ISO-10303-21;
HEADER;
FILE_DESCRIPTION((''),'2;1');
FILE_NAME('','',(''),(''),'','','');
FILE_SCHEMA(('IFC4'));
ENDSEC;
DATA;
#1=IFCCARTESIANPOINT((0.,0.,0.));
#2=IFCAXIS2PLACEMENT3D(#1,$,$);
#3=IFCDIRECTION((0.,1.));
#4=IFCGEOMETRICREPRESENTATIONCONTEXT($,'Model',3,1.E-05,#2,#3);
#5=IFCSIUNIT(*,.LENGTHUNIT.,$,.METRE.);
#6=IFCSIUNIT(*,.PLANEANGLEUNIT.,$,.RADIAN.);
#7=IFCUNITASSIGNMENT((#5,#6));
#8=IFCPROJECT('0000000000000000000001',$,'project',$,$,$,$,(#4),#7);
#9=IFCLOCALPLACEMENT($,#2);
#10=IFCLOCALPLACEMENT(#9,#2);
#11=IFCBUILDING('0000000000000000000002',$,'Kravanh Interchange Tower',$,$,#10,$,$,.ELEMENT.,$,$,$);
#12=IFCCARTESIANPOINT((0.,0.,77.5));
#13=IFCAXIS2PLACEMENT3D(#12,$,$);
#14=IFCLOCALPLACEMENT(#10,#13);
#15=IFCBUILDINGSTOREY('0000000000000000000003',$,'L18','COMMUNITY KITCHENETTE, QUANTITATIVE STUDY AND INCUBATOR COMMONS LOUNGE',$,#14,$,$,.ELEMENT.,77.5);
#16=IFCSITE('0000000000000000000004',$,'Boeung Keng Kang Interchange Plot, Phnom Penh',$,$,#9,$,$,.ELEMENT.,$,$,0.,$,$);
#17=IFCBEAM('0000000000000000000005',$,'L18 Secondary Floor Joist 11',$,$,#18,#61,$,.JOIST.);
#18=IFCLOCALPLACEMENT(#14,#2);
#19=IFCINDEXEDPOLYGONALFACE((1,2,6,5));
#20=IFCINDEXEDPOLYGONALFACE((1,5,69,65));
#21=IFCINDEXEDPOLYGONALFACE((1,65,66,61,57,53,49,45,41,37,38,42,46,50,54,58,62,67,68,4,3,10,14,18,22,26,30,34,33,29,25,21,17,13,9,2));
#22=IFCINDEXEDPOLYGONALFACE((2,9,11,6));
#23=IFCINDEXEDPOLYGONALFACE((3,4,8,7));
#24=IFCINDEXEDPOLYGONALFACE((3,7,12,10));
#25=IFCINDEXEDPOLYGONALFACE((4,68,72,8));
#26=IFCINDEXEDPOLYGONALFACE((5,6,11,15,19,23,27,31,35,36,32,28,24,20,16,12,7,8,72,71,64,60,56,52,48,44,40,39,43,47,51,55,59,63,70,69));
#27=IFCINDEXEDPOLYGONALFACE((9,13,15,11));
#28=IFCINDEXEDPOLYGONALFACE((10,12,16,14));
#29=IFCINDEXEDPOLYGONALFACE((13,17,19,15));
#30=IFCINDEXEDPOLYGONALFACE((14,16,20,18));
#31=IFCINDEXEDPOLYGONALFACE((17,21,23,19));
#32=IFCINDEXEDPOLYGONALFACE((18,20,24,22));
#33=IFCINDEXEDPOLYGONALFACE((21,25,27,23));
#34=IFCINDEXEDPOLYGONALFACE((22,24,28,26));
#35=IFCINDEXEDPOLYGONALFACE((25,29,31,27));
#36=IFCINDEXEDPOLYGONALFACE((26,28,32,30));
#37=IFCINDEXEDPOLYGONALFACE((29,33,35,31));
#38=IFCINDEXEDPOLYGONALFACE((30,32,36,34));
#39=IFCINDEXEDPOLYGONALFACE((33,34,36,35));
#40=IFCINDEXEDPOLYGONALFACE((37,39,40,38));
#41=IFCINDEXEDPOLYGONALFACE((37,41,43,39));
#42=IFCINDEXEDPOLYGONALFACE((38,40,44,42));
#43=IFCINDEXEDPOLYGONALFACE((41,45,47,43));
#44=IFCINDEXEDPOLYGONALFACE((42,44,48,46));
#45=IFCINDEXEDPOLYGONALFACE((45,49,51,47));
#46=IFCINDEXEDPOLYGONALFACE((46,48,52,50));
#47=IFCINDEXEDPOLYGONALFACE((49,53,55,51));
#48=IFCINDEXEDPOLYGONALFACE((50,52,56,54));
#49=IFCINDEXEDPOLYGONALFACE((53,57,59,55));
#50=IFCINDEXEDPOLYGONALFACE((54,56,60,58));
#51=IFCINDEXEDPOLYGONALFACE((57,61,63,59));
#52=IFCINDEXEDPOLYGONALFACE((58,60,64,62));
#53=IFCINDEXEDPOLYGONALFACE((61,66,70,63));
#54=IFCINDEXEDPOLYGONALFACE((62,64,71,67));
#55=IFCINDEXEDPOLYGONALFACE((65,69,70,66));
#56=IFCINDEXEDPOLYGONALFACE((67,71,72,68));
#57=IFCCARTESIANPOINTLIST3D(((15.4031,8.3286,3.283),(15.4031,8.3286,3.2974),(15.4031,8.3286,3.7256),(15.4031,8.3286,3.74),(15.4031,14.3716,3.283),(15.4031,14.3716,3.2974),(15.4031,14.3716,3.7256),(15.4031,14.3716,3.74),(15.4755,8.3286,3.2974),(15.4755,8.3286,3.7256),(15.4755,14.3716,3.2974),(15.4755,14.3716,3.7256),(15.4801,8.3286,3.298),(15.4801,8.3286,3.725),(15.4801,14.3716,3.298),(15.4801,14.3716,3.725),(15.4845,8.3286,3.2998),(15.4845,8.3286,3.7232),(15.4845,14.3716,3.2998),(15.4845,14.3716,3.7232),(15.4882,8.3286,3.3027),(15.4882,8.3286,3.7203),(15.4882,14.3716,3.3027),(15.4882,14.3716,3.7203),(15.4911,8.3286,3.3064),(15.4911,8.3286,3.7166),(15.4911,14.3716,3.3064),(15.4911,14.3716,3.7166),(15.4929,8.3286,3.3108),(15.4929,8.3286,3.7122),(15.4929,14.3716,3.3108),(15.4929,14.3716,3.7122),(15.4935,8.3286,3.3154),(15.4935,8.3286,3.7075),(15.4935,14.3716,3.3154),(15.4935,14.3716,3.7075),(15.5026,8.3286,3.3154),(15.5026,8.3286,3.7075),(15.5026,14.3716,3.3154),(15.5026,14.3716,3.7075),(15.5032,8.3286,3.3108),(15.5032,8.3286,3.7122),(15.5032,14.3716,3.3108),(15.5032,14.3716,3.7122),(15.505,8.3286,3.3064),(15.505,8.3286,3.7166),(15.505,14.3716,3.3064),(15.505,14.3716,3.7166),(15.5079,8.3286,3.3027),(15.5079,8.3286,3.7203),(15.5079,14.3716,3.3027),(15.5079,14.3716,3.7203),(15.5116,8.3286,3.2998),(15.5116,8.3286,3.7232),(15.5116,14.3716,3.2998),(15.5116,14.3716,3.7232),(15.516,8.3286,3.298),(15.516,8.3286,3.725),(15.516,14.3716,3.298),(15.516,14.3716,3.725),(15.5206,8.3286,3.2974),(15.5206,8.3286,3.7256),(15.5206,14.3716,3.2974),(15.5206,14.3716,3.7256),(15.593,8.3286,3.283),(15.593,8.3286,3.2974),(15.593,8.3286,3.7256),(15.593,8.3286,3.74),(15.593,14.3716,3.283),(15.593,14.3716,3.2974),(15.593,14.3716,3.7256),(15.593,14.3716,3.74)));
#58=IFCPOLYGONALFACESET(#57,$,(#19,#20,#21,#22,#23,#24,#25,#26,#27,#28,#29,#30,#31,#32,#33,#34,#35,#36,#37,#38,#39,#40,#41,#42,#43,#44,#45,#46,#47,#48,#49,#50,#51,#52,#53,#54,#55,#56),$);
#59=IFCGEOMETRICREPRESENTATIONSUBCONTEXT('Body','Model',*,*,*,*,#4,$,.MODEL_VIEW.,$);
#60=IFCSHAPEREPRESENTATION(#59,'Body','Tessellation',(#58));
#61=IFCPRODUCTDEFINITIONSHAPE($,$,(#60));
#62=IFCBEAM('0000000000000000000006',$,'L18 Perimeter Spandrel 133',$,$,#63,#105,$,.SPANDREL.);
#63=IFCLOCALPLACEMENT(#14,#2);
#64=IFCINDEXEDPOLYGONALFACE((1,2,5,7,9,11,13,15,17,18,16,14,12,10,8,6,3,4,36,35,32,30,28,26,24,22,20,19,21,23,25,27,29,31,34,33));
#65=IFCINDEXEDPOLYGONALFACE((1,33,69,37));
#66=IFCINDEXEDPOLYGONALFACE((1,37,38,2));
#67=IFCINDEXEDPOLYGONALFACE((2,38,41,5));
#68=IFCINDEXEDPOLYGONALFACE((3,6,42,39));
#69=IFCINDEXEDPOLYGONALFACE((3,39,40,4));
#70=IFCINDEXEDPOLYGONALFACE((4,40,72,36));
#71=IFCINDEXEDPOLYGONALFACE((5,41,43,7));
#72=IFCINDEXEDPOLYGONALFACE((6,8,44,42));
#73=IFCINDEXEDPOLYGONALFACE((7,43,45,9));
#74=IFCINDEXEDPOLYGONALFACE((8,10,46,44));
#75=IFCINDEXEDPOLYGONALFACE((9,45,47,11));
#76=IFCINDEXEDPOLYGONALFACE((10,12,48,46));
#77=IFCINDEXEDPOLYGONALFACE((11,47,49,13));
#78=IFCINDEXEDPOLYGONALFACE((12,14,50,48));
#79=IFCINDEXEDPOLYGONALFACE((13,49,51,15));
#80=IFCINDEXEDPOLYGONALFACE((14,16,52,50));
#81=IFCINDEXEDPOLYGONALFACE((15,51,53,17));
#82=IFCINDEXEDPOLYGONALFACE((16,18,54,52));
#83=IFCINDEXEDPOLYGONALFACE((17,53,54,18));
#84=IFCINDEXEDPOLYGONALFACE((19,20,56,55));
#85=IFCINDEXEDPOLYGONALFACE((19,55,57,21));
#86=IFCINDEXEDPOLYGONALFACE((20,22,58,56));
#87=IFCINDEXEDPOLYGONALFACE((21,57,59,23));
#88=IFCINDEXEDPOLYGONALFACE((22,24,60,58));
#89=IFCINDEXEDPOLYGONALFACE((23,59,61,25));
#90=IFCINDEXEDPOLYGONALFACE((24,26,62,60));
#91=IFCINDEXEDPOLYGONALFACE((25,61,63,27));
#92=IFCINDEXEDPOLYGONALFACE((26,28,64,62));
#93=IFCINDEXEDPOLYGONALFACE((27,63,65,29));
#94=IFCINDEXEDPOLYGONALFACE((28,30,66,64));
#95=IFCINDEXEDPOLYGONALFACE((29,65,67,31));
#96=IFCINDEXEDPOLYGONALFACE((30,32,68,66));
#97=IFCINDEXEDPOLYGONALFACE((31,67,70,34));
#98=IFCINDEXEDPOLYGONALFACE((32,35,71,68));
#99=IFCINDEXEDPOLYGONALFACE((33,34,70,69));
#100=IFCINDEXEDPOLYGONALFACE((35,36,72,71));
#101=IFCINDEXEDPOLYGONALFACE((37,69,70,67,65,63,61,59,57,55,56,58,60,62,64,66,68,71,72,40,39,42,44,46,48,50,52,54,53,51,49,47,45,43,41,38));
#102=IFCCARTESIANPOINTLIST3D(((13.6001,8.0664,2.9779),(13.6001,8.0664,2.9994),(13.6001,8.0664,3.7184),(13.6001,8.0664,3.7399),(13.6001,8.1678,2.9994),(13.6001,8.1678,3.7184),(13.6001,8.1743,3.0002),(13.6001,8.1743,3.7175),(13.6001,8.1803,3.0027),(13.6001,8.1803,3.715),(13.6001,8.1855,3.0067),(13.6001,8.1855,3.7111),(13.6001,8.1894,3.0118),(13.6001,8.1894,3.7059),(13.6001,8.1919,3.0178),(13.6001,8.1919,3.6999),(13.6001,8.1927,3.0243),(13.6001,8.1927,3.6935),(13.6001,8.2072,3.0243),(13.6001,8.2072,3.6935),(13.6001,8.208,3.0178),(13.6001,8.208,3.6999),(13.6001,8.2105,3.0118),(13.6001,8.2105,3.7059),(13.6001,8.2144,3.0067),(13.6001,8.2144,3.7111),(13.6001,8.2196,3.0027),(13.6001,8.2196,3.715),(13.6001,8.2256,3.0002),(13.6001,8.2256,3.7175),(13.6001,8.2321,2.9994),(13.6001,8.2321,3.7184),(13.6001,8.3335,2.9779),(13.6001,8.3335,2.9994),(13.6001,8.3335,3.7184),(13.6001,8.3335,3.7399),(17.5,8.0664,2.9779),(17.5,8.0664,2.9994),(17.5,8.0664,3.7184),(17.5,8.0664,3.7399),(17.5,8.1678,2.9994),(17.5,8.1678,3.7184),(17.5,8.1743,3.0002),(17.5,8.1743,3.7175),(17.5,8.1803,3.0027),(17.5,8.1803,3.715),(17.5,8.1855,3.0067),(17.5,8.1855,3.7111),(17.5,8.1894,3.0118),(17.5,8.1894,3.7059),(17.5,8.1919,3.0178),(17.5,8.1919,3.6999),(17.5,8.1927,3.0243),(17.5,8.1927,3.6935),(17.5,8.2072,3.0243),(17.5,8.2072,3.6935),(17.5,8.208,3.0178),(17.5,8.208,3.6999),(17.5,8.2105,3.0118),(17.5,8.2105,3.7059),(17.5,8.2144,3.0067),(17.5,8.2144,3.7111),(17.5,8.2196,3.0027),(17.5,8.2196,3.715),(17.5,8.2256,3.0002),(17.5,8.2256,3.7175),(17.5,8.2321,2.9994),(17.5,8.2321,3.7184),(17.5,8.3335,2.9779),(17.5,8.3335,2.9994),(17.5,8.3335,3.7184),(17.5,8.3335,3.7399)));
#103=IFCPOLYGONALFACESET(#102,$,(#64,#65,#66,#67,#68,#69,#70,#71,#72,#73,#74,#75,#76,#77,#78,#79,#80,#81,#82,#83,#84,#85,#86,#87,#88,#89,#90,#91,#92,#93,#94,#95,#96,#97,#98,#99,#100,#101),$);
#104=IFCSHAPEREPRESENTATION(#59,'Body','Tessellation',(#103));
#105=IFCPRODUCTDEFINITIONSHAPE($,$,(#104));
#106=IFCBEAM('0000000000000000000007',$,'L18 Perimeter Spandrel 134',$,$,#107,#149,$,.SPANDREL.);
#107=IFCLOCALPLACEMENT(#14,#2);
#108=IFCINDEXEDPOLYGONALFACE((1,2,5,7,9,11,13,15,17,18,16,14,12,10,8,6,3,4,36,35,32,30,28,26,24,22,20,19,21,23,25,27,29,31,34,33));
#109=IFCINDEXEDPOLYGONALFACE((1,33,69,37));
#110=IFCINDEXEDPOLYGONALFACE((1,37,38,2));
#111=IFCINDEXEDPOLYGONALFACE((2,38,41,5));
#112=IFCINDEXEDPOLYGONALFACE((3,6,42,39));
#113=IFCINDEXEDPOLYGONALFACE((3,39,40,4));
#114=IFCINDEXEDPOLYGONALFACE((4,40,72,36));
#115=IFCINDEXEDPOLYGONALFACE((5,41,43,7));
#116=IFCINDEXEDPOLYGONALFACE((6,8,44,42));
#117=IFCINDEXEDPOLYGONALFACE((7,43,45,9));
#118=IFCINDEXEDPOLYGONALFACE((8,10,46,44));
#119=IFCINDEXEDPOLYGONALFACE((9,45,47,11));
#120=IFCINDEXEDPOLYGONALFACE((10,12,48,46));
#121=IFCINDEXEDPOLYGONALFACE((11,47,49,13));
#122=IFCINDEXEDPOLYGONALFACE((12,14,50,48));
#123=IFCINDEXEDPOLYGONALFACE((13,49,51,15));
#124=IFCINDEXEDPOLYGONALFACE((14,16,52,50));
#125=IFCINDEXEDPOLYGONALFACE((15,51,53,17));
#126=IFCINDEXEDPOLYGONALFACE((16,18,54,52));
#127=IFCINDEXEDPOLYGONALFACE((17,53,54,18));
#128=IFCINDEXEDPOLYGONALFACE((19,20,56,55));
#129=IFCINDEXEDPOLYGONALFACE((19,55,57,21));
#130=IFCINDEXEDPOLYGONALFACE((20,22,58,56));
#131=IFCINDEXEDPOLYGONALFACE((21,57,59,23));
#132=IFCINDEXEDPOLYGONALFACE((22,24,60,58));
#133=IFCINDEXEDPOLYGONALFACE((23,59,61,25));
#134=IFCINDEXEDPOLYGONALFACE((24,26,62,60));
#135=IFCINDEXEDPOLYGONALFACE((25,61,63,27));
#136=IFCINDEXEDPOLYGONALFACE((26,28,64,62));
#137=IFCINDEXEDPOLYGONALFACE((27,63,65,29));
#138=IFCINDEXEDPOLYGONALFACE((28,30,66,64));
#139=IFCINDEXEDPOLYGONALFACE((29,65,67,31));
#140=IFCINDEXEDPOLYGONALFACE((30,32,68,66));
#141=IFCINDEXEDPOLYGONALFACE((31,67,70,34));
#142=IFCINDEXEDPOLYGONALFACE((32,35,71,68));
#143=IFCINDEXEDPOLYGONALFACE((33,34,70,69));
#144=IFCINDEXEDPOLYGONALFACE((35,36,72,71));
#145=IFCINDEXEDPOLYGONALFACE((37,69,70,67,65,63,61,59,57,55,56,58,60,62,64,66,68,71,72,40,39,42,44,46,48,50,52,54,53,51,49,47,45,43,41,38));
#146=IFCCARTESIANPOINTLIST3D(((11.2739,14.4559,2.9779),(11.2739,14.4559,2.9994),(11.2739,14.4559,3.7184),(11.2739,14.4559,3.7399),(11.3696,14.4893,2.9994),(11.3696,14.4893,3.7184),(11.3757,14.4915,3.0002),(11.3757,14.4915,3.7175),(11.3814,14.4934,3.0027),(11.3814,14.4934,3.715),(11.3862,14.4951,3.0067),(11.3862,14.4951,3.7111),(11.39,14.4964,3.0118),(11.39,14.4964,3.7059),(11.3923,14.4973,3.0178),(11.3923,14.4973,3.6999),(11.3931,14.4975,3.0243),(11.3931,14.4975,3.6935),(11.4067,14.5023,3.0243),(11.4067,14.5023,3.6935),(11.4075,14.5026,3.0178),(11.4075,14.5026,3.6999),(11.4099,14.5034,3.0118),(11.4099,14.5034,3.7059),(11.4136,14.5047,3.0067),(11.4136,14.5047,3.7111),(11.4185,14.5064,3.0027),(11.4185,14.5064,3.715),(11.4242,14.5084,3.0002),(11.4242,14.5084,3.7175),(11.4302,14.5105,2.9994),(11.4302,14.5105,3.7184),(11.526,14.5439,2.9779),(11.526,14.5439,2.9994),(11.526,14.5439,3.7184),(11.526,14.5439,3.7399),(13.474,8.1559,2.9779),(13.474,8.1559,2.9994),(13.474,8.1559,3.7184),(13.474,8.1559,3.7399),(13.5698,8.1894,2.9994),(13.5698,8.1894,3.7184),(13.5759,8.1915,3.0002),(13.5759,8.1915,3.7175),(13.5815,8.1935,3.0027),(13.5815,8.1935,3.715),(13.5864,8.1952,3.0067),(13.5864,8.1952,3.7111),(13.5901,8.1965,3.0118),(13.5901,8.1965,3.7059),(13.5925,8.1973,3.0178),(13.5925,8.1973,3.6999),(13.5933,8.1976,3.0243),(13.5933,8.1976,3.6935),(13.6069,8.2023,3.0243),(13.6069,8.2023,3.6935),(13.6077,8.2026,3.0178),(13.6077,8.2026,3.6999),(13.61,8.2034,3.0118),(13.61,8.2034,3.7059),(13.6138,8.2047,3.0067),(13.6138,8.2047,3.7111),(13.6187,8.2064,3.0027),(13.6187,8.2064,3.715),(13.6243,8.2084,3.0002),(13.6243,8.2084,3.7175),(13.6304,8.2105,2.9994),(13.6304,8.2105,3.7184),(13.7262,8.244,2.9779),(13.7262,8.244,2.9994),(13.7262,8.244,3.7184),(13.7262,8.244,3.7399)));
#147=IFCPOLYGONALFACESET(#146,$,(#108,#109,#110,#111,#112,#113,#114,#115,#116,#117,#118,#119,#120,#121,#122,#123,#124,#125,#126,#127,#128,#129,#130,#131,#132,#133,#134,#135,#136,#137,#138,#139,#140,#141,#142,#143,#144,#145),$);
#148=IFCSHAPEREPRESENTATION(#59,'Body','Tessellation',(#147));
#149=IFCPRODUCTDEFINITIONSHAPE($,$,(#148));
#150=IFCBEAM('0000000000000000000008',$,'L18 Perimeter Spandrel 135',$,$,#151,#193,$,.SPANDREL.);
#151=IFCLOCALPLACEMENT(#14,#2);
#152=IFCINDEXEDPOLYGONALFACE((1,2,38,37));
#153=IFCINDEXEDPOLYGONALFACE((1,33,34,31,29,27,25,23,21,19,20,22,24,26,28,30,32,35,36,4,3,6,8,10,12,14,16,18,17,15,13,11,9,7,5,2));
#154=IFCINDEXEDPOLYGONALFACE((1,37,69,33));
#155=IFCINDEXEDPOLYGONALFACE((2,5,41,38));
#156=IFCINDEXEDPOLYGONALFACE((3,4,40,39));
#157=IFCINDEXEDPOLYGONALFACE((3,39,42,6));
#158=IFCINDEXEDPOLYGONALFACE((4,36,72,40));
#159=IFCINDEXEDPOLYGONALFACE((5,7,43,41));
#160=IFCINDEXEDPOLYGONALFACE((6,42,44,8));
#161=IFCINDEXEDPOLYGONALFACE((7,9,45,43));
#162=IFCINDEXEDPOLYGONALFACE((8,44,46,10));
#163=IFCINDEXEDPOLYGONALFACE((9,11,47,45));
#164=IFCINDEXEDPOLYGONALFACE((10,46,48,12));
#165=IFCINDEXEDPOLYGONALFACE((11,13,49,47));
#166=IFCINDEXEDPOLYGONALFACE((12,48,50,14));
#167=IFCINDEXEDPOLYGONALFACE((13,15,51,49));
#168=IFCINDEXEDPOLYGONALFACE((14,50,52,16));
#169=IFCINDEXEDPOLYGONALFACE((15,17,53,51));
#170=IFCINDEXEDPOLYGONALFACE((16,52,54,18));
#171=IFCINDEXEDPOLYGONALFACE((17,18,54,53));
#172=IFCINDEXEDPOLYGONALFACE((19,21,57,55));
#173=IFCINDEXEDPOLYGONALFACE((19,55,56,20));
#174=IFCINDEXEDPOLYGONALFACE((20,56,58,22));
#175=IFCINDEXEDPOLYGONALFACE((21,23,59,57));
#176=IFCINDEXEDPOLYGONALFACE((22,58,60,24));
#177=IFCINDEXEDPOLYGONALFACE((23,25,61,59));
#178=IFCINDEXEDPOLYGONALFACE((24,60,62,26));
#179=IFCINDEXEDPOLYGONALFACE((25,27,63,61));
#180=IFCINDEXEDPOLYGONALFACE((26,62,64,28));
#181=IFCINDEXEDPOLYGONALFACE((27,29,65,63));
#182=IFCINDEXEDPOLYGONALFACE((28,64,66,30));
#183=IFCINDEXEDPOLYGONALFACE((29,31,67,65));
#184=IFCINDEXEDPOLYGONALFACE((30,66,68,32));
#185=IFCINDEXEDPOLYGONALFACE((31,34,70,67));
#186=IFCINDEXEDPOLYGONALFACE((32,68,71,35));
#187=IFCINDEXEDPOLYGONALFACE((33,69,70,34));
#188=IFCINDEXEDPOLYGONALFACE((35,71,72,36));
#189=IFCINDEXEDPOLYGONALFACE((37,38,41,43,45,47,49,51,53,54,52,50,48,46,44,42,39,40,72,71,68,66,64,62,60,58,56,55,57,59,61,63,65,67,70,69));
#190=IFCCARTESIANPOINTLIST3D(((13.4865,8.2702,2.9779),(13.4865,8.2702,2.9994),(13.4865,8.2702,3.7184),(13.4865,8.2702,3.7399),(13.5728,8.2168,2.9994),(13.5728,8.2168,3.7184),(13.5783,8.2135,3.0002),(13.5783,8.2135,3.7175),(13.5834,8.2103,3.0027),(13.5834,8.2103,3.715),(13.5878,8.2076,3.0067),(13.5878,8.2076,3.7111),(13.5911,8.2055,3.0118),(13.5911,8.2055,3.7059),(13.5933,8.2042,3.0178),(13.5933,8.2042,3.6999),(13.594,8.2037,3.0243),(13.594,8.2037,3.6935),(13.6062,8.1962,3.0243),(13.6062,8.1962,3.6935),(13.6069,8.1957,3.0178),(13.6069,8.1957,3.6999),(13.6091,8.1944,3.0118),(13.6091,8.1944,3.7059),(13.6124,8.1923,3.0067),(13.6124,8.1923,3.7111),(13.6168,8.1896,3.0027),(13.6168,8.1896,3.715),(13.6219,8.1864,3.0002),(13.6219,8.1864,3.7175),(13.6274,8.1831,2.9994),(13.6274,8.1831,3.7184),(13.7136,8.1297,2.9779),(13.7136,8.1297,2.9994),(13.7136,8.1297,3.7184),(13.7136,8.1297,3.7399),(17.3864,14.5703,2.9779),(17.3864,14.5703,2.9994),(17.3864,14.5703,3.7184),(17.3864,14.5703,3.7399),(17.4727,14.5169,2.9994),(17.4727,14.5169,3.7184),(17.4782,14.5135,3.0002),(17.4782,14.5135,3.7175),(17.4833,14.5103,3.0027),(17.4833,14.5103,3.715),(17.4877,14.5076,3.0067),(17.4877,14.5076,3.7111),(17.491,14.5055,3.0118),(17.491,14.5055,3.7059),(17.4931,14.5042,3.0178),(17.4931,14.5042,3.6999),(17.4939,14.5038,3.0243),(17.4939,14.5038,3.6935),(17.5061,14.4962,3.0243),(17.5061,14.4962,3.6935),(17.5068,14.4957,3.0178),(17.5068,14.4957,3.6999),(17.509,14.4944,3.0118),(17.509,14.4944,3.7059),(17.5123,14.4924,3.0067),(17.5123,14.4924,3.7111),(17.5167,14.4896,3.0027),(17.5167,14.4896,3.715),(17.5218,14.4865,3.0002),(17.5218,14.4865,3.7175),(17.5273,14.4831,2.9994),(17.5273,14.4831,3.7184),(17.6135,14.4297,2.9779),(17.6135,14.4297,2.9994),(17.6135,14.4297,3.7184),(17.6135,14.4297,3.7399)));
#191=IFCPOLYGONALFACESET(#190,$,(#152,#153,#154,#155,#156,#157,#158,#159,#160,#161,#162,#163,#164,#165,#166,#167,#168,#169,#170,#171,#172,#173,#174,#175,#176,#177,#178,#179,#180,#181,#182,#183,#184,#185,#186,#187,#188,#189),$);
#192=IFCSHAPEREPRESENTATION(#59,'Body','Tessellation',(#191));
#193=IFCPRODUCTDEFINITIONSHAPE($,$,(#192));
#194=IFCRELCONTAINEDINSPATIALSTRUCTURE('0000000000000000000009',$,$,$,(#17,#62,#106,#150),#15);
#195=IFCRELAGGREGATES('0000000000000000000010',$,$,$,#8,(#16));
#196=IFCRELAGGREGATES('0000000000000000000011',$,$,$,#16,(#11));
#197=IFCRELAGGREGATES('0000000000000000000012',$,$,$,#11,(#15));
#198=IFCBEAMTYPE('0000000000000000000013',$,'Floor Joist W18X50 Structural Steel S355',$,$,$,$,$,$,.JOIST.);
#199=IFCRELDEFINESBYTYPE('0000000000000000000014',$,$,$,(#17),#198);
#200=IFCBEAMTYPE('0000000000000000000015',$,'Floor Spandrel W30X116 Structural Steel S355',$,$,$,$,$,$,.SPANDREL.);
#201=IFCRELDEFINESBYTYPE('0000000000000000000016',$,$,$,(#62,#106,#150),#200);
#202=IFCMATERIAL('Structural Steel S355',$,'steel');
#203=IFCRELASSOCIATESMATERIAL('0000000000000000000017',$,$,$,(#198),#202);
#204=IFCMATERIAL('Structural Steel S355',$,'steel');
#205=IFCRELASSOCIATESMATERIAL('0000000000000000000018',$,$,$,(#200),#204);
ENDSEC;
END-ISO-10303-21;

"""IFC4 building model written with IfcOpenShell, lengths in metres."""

from ifc_helpers import new_model, si_unit, direction, frame, origin, origin_2d, place, context, subcontext, project, spatial, i_section, extrude, material, material_profile, profile_set, type_object, element, save


model = new_model("IFC4")

# Units and contexts
model_context = context("Model", 3, precision=1e-05, world=origin(), true_north=direction((0.0, 1.0)))
body_context = subcontext(model_context, "Body", "Model", "MODEL_VIEW")
ifc_project = project(units=[si_unit("LENGTHUNIT", "METRE"), si_unit("PLANEANGLEUNIT", "RADIAN")], contexts=[model_context])

# Site, building, storey
site_placement = place(None, origin())
site = spatial("IfcSite", under=ifc_project, at=site_placement, Name="Boeung Keng Kang Interchange Plot, Phnom Penh", CompositionType="ELEMENT", RefElevation=0.0)
building_placement = place(site_placement, origin())
building = spatial("IfcBuilding", under=site, at=building_placement, Name="Kravanh Interchange Tower", CompositionType="ELEMENT")
storey_placement = place(building_placement, frame((0.0, 0.0, 77.5)))
storey = spatial("IfcBuildingStorey", under=building, at=storey_placement, Name="L18", Description="COMMUNITY KITCHENETTE, QUANTITATIVE STUDY AND INCUBATOR COMMONS LOUNGE", CompositionType="ELEMENT", Elevation=77.5)

# Beams
ifc_material_1 = material(Name="Structural Steel S355", Category="steel")
ifc_material_profile_1 = material_profile(ifc_material_1, i_section(OverallWidth=0.1899, OverallDepth=0.457, WebThickness=0.009, FlangeThickness=0.0144, FilletRadius=0.0181, at=origin_2d()), Name="W18X50")
ifc_profile_set_1 = profile_set([ifc_material_profile_1], Name="Structural Steel S355")
beam_type_1 = type_object("IfcBeamType", Name="Floor Joist W18X50 Structural Steel S355", PredefinedType="JOIST", material=ifc_profile_set_1)
for number, where, z_axis, x_axis, name in (
    (1, (15.498, 8.3286, 3.5115), (0.0, 1.0, 0.0), (-1.0, 0.0, 0.0), "L18 Secondary Floor Joist 11"),
):
    element("IfcBeam", number, at=place(storey_placement, frame(where, z_axis=z_axis, x_axis=x_axis)), inside=storey, type_object=beam_type_1, Name=name, PredefinedType="JOIST", context=body_context, shape_type="SweptSolid", body=[
        extrude(i_section(OverallWidth=0.1899, OverallDepth=0.457, WebThickness=0.009, FlangeThickness=0.0144, FilletRadius=0.0181, at=origin_2d()), origin(), (0.0, 0.0, 1.0), 6.043),
    ])
ifc_material_2 = material(Name="Structural Steel S355", Category="steel")
ifc_material_profile_2 = material_profile(ifc_material_2, i_section(OverallWidth=0.2671, OverallDepth=0.762, WebThickness=0.0144, FlangeThickness=0.0215, FilletRadius=0.0249, at=origin_2d()), Name="W30X116")
ifc_profile_set_2 = profile_set([ifc_material_profile_2], Name="Structural Steel S355")
beam_type_2 = type_object("IfcBeamType", Name="Floor Spandrel W30X116 Structural Steel S355", PredefinedType="SPANDREL", material=ifc_profile_set_2)
beam_1_placement = place(storey_placement, frame((13.6001, 8.2, 3.3589), z_axis=(1.0, 0.0, 0.0), x_axis=(0.0, 1.0, 0.0)))
element("IfcBeam", 2, at=beam_1_placement, inside=storey, type_object=beam_type_2, Name="L18 Perimeter Spandrel 133", PredefinedType="SPANDREL", context=body_context, shape_type="SweptSolid", body=[
    extrude(i_section(OverallWidth=0.2671, OverallDepth=0.762, WebThickness=0.0144, FlangeThickness=0.0215, FilletRadius=0.0249, at=origin_2d()), origin(), (0.0, 0.0, 1.0), 3.8999),
])
beam_2_placement = place(storey_placement, frame((13.6001, 8.2, 3.3589), z_axis=(-0.329707, 0.944083, 0.0), x_axis=(-0.944083, -0.329707, 0.0)))
element("IfcBeam", 3, at=beam_2_placement, inside=storey, type_object=beam_type_2, Name="L18 Perimeter Spandrel 134", PredefinedType="SPANDREL", context=body_context, shape_type="SweptSolid", body=[
    extrude(i_section(OverallWidth=0.2671, OverallDepth=0.762, WebThickness=0.0144, FlangeThickness=0.0215, FilletRadius=0.0249, at=origin_2d()), origin(), (0.0, 0.0, 1.0), 6.6731),
])
beam_3_placement = place(storey_placement, frame((13.6001, 8.2, 3.3589), z_axis=(0.526342, 0.850273, 0.0), x_axis=(-0.850273, 0.526342, 0.0)))
element("IfcBeam", 4, at=beam_3_placement, inside=storey, type_object=beam_type_2, Name="L18 Perimeter Spandrel 135", PredefinedType="SPANDREL", context=body_context, shape_type="SweptSolid", body=[
    extrude(i_section(OverallWidth=0.2671, OverallDepth=0.762, WebThickness=0.0144, FlangeThickness=0.0215, FilletRadius=0.0249, at=origin_2d()), origin(), (0.0, 0.0, 1.0), 7.4094),
])

save(model, "model.ifc")
